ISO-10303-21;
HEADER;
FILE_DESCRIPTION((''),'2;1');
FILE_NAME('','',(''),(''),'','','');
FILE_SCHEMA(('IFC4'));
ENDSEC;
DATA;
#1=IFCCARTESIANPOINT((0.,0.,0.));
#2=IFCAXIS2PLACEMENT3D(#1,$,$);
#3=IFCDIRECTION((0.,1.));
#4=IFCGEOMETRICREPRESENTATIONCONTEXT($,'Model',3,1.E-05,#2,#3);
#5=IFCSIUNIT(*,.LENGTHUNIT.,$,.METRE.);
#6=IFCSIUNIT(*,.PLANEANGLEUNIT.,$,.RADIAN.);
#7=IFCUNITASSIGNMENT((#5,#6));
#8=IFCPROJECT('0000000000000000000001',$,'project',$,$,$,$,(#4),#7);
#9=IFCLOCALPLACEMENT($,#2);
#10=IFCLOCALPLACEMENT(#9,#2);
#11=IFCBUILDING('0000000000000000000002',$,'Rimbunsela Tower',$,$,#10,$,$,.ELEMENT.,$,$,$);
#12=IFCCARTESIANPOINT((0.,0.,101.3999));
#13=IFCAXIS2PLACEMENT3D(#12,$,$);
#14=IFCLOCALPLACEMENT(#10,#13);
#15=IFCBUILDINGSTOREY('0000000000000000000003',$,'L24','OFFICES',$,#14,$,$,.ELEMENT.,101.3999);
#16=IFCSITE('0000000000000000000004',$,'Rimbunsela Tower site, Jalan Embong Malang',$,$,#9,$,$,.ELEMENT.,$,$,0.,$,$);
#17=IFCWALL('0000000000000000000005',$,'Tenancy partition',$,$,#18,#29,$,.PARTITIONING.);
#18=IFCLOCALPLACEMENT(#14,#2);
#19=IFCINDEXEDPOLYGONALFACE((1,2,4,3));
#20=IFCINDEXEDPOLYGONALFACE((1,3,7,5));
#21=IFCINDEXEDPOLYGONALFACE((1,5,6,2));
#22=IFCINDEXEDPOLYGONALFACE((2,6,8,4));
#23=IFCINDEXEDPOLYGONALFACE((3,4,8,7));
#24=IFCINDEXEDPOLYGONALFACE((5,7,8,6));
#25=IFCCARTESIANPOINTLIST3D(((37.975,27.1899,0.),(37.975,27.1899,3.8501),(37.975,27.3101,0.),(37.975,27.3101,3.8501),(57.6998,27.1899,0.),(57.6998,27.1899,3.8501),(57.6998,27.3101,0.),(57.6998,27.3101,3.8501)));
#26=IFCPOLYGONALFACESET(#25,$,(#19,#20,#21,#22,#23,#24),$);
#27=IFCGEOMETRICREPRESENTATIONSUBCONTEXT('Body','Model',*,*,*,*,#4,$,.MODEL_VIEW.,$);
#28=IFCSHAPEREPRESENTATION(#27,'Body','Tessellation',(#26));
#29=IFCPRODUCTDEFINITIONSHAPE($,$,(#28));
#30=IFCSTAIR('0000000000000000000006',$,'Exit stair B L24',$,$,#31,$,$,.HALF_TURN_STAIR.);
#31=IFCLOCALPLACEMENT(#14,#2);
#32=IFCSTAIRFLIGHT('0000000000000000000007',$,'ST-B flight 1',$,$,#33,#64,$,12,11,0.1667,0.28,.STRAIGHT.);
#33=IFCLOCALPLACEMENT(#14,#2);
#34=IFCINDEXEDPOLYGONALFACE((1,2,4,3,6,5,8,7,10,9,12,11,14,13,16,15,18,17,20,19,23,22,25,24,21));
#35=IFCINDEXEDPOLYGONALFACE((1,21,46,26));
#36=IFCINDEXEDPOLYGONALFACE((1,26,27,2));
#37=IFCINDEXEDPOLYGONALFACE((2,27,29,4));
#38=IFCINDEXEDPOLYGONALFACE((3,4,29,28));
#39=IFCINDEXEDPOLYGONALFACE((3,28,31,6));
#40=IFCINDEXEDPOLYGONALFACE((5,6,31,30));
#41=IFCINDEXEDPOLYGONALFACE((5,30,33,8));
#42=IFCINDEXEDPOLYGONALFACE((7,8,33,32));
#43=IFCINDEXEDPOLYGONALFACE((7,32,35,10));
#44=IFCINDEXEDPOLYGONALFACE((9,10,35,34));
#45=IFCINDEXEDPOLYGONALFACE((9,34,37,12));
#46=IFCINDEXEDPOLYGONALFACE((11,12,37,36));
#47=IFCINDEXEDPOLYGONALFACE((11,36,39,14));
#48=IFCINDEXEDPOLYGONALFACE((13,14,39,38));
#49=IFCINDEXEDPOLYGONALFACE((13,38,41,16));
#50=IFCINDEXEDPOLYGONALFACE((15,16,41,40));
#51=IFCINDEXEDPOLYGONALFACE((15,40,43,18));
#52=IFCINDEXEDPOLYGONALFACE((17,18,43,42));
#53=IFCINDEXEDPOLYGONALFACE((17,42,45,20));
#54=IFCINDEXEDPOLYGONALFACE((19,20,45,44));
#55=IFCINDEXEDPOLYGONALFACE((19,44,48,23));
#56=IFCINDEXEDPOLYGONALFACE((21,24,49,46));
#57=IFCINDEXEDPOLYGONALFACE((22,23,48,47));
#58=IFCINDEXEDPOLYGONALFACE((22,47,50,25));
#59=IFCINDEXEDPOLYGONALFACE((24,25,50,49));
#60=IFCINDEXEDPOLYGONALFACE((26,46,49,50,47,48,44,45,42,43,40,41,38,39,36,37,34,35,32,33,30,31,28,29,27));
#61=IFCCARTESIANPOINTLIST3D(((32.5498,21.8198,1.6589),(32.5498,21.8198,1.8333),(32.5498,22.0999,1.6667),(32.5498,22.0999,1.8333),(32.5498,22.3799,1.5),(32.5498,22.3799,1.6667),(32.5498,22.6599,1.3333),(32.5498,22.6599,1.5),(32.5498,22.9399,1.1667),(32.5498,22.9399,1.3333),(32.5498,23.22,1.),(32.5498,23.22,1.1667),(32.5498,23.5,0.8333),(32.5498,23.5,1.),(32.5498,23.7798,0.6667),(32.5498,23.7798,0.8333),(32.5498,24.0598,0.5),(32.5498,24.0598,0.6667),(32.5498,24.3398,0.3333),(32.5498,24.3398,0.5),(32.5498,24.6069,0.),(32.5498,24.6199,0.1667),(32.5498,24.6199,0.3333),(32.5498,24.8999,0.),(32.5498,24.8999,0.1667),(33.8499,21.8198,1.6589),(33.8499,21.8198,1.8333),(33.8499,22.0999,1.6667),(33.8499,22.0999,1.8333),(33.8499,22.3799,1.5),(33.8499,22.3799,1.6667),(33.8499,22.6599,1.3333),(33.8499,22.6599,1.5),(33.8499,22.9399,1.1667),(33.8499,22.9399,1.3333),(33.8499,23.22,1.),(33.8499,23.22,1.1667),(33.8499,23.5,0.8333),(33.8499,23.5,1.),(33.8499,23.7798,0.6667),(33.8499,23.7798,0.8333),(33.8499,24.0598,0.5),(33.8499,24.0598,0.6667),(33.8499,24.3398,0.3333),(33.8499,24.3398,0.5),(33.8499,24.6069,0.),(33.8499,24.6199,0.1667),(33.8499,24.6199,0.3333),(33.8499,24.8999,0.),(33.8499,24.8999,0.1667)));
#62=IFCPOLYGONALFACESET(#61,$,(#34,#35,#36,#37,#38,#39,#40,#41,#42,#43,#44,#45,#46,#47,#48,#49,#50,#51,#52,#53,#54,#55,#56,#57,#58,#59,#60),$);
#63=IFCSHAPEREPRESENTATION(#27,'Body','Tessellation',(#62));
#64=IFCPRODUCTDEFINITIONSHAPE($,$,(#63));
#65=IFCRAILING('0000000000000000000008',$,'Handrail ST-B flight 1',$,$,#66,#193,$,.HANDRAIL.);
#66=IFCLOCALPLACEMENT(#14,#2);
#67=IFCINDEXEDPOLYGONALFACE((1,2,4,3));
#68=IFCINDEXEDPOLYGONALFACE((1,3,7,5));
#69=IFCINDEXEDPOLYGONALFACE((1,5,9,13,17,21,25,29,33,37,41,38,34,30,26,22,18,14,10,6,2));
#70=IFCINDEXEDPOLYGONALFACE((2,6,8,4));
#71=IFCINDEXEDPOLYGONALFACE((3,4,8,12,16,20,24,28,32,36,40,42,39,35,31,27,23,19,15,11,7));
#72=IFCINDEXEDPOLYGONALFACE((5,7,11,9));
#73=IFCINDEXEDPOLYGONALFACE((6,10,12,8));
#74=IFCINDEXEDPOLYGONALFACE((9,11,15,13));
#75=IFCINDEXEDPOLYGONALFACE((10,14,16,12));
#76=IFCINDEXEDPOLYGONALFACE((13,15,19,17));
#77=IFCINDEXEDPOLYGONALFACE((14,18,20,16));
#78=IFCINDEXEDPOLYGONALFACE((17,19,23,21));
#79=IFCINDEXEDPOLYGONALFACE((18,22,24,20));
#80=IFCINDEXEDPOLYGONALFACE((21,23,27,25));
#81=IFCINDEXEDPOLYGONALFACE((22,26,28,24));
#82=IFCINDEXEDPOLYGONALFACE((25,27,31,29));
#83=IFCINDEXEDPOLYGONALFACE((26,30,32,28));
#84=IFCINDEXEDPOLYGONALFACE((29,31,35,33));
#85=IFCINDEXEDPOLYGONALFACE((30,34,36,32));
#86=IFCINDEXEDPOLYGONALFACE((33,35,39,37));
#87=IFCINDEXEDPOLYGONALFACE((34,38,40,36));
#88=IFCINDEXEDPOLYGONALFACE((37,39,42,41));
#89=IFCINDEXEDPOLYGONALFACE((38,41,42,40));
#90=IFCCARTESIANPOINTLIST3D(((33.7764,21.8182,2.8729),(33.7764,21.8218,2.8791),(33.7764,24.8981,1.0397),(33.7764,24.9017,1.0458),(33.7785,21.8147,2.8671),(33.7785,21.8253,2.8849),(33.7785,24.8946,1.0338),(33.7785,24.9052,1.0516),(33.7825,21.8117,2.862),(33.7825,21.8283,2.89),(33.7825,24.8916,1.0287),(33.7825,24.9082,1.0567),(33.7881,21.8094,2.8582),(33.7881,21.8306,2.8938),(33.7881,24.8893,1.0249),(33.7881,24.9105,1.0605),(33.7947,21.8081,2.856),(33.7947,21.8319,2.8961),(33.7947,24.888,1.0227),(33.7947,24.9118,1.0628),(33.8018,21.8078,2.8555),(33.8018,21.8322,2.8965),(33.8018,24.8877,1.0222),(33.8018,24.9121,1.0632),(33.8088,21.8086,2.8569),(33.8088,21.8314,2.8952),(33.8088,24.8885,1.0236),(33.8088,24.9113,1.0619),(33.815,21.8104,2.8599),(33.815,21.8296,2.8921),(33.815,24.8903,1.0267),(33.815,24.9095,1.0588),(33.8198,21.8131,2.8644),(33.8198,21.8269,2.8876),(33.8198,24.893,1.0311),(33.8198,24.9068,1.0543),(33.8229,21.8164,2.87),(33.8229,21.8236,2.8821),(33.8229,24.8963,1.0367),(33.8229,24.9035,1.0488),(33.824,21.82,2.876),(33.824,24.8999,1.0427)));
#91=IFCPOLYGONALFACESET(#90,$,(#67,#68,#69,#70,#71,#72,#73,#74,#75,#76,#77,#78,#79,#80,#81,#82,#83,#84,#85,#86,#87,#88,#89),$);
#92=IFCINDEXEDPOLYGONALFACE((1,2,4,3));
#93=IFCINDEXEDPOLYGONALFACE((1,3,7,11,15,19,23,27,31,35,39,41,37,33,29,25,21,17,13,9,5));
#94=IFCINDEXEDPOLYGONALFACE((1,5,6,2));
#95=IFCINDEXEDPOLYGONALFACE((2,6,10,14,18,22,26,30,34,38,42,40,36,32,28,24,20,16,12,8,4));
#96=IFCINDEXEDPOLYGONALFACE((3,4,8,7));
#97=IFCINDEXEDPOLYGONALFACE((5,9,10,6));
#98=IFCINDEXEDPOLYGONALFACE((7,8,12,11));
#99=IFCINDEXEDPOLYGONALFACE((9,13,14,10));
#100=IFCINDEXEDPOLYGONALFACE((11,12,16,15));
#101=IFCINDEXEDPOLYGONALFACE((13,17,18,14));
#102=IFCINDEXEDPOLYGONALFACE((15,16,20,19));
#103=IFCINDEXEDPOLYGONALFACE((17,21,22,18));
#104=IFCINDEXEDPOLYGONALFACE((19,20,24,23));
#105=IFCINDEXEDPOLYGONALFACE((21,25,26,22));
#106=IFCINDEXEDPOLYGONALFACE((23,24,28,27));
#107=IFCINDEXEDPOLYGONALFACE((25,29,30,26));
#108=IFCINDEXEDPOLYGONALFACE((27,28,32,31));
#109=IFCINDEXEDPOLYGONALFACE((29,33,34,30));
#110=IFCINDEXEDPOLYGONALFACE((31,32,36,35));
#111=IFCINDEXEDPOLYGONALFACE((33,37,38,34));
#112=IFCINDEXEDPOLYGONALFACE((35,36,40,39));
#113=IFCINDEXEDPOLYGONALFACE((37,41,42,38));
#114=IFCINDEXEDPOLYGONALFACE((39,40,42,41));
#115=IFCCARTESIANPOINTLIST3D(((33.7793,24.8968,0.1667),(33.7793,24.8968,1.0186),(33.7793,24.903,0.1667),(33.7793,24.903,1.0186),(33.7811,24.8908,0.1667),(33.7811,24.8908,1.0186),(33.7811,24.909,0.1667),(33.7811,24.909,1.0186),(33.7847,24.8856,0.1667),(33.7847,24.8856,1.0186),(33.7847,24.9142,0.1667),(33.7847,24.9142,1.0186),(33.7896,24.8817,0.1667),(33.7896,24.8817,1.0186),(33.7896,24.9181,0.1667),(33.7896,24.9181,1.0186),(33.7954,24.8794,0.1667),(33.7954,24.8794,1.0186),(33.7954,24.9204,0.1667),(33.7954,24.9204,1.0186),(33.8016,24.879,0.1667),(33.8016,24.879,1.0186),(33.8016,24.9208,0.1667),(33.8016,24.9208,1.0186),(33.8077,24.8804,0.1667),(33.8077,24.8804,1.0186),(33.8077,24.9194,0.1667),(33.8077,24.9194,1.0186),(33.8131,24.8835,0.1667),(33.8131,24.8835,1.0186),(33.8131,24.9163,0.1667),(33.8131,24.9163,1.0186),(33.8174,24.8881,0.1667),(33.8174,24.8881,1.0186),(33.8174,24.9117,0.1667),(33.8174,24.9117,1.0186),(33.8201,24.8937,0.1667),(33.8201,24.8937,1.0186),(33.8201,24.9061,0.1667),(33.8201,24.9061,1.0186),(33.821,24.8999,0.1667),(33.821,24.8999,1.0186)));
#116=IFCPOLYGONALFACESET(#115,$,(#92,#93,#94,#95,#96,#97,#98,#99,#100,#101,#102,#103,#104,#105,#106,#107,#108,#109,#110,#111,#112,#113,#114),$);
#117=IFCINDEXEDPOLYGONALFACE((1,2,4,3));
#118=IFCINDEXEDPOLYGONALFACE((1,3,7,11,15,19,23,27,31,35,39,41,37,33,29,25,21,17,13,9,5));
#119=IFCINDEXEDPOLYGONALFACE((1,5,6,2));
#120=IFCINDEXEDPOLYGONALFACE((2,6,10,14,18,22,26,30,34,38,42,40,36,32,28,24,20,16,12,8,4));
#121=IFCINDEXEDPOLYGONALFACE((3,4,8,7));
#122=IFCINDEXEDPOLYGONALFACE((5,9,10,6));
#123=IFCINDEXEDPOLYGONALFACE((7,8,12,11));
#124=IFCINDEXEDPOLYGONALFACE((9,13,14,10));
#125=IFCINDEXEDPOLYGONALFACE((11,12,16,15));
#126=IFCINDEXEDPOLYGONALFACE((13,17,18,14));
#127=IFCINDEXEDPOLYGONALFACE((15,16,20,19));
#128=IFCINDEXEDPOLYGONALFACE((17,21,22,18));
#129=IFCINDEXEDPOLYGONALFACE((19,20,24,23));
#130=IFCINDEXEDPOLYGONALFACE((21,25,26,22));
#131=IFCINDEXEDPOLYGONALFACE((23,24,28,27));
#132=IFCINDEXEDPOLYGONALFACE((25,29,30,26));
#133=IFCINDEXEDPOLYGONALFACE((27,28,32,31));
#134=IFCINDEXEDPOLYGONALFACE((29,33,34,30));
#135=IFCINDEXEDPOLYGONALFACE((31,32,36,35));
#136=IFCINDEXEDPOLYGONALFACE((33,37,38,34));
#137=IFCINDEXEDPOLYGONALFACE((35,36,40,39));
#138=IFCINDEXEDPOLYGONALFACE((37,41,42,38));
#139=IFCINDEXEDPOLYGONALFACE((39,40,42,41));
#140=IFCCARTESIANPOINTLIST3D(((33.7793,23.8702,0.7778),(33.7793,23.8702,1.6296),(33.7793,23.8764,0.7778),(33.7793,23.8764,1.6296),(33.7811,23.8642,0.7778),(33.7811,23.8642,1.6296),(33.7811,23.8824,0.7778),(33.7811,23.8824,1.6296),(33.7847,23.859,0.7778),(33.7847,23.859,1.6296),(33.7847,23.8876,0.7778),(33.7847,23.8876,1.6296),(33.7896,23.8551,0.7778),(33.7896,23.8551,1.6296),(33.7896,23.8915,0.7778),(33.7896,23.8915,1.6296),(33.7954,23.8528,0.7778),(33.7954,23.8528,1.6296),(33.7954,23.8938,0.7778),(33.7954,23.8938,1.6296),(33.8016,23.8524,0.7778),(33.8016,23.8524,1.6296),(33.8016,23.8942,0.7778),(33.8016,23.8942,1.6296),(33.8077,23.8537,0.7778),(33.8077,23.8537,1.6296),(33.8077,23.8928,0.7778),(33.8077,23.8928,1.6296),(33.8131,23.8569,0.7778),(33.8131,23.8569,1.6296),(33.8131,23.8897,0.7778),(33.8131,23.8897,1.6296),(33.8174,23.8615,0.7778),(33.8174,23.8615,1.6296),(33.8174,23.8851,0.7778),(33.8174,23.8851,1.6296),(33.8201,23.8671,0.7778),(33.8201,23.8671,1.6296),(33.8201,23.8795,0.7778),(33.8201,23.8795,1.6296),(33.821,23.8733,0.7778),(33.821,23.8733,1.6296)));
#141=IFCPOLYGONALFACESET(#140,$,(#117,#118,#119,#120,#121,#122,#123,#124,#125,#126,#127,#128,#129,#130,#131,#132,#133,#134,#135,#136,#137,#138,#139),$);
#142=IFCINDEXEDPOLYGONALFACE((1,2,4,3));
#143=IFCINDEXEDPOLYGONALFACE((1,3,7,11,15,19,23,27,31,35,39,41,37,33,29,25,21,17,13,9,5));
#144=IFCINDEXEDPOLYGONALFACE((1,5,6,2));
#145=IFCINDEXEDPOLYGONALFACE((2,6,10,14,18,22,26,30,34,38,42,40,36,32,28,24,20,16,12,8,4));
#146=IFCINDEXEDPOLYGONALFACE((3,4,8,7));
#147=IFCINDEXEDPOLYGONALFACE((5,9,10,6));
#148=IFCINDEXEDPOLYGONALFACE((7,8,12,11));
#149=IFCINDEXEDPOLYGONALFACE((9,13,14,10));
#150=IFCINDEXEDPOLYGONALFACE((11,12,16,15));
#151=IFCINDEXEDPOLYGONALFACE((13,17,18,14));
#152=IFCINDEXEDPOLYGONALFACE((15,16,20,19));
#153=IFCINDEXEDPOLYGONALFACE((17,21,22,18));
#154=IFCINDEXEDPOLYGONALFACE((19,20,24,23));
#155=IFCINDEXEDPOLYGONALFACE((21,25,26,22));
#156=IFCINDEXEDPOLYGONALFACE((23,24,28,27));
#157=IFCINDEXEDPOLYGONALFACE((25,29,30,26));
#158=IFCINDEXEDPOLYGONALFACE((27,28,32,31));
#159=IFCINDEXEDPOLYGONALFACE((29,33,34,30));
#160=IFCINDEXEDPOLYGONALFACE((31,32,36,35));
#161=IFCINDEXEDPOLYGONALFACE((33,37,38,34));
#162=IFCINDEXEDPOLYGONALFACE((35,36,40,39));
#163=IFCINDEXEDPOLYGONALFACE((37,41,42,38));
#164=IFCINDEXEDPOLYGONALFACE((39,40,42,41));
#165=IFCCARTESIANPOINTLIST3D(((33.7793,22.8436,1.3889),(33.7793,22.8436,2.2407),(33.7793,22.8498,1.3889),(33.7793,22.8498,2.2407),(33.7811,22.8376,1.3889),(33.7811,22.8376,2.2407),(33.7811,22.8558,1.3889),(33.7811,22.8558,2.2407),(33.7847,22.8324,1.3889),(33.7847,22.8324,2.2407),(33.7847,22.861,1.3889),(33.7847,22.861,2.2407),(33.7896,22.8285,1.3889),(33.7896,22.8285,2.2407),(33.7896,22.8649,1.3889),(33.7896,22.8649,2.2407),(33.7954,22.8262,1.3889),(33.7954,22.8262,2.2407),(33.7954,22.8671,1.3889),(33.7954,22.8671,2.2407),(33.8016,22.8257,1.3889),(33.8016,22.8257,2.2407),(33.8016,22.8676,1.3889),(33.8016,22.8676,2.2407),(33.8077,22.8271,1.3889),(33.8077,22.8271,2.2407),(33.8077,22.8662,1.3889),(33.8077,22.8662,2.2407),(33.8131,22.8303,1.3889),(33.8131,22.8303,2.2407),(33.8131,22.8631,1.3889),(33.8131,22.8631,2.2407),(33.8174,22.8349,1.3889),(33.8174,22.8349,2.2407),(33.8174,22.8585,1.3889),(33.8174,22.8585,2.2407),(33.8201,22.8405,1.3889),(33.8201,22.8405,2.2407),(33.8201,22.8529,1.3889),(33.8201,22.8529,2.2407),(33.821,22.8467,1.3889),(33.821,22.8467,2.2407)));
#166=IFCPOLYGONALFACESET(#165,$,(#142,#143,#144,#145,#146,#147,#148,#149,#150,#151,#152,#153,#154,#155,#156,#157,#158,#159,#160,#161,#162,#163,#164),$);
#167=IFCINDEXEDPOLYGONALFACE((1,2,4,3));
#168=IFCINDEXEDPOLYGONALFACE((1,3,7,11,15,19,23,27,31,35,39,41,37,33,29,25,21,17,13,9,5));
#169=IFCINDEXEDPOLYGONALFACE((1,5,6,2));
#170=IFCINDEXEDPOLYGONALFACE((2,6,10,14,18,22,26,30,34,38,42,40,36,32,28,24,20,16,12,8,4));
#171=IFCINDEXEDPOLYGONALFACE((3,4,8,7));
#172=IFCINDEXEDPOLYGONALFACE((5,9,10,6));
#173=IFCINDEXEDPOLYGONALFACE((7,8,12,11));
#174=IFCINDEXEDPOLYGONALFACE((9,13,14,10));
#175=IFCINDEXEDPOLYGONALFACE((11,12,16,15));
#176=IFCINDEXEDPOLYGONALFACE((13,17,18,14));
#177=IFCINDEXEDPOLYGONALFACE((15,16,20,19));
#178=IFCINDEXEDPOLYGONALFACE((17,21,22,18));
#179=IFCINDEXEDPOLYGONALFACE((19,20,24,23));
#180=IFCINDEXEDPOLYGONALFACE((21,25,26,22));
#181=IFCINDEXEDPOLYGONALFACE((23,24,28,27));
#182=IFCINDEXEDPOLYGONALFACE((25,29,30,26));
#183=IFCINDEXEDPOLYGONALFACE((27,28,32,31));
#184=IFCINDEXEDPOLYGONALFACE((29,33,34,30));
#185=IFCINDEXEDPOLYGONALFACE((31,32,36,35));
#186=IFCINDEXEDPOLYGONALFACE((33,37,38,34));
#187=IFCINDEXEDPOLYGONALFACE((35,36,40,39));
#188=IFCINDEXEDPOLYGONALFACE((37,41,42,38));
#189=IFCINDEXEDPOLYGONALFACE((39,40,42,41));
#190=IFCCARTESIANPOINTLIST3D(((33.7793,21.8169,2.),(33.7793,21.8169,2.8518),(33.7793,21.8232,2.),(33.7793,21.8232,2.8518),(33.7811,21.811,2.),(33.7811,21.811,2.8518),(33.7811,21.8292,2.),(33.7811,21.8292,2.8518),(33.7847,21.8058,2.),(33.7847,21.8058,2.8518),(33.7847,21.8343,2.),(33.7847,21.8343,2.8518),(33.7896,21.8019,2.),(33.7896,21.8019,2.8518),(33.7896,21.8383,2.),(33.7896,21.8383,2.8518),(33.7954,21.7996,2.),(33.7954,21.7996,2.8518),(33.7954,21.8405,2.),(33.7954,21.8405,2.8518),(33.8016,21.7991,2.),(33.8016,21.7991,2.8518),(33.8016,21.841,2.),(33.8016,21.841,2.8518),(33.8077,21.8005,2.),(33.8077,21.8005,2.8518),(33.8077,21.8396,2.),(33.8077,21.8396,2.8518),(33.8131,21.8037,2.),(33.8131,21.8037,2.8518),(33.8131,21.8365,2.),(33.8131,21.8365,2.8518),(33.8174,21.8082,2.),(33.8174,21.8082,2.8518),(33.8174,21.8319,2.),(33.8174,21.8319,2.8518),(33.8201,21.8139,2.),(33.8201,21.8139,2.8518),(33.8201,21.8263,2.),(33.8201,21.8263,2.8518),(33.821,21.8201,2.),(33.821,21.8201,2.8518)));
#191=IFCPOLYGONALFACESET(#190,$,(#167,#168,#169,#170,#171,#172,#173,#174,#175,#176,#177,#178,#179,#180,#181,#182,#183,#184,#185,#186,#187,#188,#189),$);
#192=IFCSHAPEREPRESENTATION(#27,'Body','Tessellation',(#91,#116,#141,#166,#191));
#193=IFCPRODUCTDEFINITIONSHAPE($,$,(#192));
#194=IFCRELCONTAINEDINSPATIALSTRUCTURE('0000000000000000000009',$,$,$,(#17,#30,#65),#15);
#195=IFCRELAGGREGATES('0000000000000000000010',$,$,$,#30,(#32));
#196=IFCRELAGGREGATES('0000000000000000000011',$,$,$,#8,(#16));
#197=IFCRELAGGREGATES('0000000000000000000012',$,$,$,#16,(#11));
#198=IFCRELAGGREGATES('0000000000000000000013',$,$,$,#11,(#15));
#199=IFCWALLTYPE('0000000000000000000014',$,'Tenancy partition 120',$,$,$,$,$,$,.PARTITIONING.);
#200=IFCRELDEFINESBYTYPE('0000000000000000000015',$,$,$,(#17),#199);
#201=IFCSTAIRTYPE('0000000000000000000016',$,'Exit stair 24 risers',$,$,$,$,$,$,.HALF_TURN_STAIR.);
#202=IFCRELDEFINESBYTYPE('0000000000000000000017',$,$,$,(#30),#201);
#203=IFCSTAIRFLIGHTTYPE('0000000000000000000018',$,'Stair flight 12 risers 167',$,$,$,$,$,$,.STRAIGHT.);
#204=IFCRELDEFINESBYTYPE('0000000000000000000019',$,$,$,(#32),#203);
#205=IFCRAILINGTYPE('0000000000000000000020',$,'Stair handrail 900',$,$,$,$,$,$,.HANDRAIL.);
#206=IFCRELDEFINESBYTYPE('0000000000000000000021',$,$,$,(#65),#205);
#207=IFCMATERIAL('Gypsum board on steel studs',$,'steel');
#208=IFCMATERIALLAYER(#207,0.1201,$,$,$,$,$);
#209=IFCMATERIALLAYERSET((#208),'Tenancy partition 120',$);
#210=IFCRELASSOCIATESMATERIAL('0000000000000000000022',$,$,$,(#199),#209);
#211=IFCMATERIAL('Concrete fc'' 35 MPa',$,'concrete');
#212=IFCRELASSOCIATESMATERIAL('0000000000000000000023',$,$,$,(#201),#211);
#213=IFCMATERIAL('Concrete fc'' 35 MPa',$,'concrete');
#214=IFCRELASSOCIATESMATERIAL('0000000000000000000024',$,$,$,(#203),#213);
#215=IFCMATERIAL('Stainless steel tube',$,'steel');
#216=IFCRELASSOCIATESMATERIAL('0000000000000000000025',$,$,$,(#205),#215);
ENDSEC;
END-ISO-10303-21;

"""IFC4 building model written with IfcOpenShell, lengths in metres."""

from ifc_helpers import new_model, si_unit, direction, frame, frame_2d, origin, origin_2d, place, context, subcontext, project, spatial, polyline, rectangle, circle, outline, extrude, material, layer, layer_set, type_object, element, aggregate, save


model = new_model("IFC4")

# Units and contexts
model_context = context("Model", 3, precision=1e-05, world=origin(), true_north=direction((0.0, 1.0)))
body_context = subcontext(model_context, "Body", "Model", "MODEL_VIEW")
ifc_project = project(units=[si_unit("LENGTHUNIT", "METRE"), si_unit("PLANEANGLEUNIT", "RADIAN")], contexts=[model_context])

# Site, building, storey
site_placement = place(None, origin())
site = spatial("IfcSite", under=ifc_project, at=site_placement, Name="Rimbunsela Tower site, Jalan Embong Malang", CompositionType="ELEMENT", RefElevation=0.0)
building_placement = place(site_placement, origin())
building = spatial("IfcBuilding", under=site, at=building_placement, Name="Rimbunsela Tower", CompositionType="ELEMENT")
storey_placement = place(building_placement, frame((0.0, 0.0, 101.3999)))
storey = spatial("IfcBuildingStorey", under=building, at=storey_placement, Name="L24", Description="OFFICES", CompositionType="ELEMENT", Elevation=101.3999)

# Wall
ifc_material_1 = material(Name="Gypsum board on steel studs", Category="steel")
ifc_layer_1 = layer(ifc_material_1, 0.1201)
ifc_layer_set_1 = layer_set([ifc_layer_1], Name="Tenancy partition 120")
wall_type_1 = type_object("IfcWallType", Name="Tenancy partition 120", PredefinedType="PARTITIONING", material=ifc_layer_set_1)
wall_1_placement = place(storey_placement, frame((37.9751, 27.25, 0.0), z_axis=(0.0, 0.0, 1.0), x_axis=(1.0, 0.0, 0.0)))
element("IfcWall", 1, at=wall_1_placement, inside=storey, type_object=wall_type_1, Name="Tenancy partition", PredefinedType="PARTITIONING", context=body_context, shape_type="SweptSolid", body=[
    extrude(rectangle(XDim=19.7249, YDim=0.1201, at=frame_2d((9.8623, 0.0))), origin(), (0.0, 0.0, 1.0), 3.8501),
])

# Stair, stair flight
ifc_material_2 = material(Name="Concrete fc' 35 MPa", Category="concrete")
stair_type = type_object("IfcStairType", Name="Exit stair 24 risers", PredefinedType="HALF_TURN_STAIR", material=ifc_material_2)
stair_placement = place(storey_placement, origin())
stair = element("IfcStair", 2, at=stair_placement, inside=storey, type_object=stair_type, Name="Exit stair B L24", PredefinedType="HALF_TURN_STAIR")
ifc_material_3 = material(Name="Concrete fc' 35 MPa", Category="concrete")
stair_flight_type = type_object("IfcStairFlightType", Name="Stair flight 12 risers 167", PredefinedType="STRAIGHT", material=ifc_material_3)
stair_flight_placement = place(storey_placement, frame((33.2, 24.8999, 0.0), z_axis=(0.0, 0.0, 1.0), x_axis=(0.0, -1.0, 0.0)))
stair_flight = element("IfcStairFlight", 3, at=stair_flight_placement, type_object=stair_flight_type, Name="ST-B flight 1", NumberOfRisers=12, NumberOfTreads=11, PredefinedType="STRAIGHT", RiserHeight=0.1667, TreadLength=0.28, context=body_context, shape_type="SweptSolid", body=[
    extrude(outline(polyline([(0.0, 0.0), (0.0, 0.1667), (0.28, 0.1667), (0.28, 0.3333), (0.5601, 0.3333), (0.5601, 0.5), (0.8401, 0.5), (0.8401, 0.6667), (1.1201, 0.6667), (1.1201, 0.8333), (1.3999, 0.8333), (1.3999, 1.0), (1.6799, 1.0), (1.6799, 1.1667), (1.96, 1.1667), (1.96, 1.3333), (2.24, 1.3333), (2.24, 1.5), (2.52, 1.5), (2.52, 1.6667), (2.8, 1.6667), (2.8, 1.8333), (3.0801, 1.8333), (3.0801, 2.0), (3.0801, 1.6589), (0.293, 0.0), (0.0, 0.0)])), frame((0.0, 0.6499, 0.0), z_axis=(0.0, -1.0, 0.0), x_axis=(1.0, 0.0, 0.0)), (0.0, 0.0, 1.0), 1.3),
])
aggregate(stair, [stair_flight])

# Railing
ifc_material_4 = material(Name="Stainless steel tube", Category="steel")
railing_type = type_object("IfcRailingType", Name="Stair handrail 900", PredefinedType="HANDRAIL", material=ifc_material_4)
railing_placement = place(storey_placement, frame((33.8, 24.8999, 0.1667)))
element("IfcRailing", 4, at=railing_placement, inside=storey, type_object=railing_type, Name="Handrail ST-B flight 1", PredefinedType="HANDRAIL", context=body_context, shape_type="SweptSolid", body=[
    extrude(circle(Radius=0.0239, at=origin_2d()), frame((0.0, 0.0, 0.876), z_axis=(0.0, -0.859291, 0.511487), x_axis=(1.0, 0.0, 0.0)), (0.0, 0.0, 1.0), 3.5842),
    extrude(circle(Radius=0.021, at=origin_2d()), origin(), (0.0, 0.0, 1.0), 0.8518),
    extrude(circle(Radius=0.021, at=origin_2d()), frame((0.0, -1.0266, 0.6111)), (0.0, 0.0, 1.0), 0.8518),
    extrude(circle(Radius=0.021, at=origin_2d()), frame((0.0, -2.0532, 1.2222)), (0.0, 0.0, 1.0), 0.8518),
    extrude(circle(Radius=0.021, at=origin_2d()), frame((0.0, -3.0798, 1.8333)), (0.0, 0.0, 1.0), 0.8518),
])

save(model, "model.ifc")
